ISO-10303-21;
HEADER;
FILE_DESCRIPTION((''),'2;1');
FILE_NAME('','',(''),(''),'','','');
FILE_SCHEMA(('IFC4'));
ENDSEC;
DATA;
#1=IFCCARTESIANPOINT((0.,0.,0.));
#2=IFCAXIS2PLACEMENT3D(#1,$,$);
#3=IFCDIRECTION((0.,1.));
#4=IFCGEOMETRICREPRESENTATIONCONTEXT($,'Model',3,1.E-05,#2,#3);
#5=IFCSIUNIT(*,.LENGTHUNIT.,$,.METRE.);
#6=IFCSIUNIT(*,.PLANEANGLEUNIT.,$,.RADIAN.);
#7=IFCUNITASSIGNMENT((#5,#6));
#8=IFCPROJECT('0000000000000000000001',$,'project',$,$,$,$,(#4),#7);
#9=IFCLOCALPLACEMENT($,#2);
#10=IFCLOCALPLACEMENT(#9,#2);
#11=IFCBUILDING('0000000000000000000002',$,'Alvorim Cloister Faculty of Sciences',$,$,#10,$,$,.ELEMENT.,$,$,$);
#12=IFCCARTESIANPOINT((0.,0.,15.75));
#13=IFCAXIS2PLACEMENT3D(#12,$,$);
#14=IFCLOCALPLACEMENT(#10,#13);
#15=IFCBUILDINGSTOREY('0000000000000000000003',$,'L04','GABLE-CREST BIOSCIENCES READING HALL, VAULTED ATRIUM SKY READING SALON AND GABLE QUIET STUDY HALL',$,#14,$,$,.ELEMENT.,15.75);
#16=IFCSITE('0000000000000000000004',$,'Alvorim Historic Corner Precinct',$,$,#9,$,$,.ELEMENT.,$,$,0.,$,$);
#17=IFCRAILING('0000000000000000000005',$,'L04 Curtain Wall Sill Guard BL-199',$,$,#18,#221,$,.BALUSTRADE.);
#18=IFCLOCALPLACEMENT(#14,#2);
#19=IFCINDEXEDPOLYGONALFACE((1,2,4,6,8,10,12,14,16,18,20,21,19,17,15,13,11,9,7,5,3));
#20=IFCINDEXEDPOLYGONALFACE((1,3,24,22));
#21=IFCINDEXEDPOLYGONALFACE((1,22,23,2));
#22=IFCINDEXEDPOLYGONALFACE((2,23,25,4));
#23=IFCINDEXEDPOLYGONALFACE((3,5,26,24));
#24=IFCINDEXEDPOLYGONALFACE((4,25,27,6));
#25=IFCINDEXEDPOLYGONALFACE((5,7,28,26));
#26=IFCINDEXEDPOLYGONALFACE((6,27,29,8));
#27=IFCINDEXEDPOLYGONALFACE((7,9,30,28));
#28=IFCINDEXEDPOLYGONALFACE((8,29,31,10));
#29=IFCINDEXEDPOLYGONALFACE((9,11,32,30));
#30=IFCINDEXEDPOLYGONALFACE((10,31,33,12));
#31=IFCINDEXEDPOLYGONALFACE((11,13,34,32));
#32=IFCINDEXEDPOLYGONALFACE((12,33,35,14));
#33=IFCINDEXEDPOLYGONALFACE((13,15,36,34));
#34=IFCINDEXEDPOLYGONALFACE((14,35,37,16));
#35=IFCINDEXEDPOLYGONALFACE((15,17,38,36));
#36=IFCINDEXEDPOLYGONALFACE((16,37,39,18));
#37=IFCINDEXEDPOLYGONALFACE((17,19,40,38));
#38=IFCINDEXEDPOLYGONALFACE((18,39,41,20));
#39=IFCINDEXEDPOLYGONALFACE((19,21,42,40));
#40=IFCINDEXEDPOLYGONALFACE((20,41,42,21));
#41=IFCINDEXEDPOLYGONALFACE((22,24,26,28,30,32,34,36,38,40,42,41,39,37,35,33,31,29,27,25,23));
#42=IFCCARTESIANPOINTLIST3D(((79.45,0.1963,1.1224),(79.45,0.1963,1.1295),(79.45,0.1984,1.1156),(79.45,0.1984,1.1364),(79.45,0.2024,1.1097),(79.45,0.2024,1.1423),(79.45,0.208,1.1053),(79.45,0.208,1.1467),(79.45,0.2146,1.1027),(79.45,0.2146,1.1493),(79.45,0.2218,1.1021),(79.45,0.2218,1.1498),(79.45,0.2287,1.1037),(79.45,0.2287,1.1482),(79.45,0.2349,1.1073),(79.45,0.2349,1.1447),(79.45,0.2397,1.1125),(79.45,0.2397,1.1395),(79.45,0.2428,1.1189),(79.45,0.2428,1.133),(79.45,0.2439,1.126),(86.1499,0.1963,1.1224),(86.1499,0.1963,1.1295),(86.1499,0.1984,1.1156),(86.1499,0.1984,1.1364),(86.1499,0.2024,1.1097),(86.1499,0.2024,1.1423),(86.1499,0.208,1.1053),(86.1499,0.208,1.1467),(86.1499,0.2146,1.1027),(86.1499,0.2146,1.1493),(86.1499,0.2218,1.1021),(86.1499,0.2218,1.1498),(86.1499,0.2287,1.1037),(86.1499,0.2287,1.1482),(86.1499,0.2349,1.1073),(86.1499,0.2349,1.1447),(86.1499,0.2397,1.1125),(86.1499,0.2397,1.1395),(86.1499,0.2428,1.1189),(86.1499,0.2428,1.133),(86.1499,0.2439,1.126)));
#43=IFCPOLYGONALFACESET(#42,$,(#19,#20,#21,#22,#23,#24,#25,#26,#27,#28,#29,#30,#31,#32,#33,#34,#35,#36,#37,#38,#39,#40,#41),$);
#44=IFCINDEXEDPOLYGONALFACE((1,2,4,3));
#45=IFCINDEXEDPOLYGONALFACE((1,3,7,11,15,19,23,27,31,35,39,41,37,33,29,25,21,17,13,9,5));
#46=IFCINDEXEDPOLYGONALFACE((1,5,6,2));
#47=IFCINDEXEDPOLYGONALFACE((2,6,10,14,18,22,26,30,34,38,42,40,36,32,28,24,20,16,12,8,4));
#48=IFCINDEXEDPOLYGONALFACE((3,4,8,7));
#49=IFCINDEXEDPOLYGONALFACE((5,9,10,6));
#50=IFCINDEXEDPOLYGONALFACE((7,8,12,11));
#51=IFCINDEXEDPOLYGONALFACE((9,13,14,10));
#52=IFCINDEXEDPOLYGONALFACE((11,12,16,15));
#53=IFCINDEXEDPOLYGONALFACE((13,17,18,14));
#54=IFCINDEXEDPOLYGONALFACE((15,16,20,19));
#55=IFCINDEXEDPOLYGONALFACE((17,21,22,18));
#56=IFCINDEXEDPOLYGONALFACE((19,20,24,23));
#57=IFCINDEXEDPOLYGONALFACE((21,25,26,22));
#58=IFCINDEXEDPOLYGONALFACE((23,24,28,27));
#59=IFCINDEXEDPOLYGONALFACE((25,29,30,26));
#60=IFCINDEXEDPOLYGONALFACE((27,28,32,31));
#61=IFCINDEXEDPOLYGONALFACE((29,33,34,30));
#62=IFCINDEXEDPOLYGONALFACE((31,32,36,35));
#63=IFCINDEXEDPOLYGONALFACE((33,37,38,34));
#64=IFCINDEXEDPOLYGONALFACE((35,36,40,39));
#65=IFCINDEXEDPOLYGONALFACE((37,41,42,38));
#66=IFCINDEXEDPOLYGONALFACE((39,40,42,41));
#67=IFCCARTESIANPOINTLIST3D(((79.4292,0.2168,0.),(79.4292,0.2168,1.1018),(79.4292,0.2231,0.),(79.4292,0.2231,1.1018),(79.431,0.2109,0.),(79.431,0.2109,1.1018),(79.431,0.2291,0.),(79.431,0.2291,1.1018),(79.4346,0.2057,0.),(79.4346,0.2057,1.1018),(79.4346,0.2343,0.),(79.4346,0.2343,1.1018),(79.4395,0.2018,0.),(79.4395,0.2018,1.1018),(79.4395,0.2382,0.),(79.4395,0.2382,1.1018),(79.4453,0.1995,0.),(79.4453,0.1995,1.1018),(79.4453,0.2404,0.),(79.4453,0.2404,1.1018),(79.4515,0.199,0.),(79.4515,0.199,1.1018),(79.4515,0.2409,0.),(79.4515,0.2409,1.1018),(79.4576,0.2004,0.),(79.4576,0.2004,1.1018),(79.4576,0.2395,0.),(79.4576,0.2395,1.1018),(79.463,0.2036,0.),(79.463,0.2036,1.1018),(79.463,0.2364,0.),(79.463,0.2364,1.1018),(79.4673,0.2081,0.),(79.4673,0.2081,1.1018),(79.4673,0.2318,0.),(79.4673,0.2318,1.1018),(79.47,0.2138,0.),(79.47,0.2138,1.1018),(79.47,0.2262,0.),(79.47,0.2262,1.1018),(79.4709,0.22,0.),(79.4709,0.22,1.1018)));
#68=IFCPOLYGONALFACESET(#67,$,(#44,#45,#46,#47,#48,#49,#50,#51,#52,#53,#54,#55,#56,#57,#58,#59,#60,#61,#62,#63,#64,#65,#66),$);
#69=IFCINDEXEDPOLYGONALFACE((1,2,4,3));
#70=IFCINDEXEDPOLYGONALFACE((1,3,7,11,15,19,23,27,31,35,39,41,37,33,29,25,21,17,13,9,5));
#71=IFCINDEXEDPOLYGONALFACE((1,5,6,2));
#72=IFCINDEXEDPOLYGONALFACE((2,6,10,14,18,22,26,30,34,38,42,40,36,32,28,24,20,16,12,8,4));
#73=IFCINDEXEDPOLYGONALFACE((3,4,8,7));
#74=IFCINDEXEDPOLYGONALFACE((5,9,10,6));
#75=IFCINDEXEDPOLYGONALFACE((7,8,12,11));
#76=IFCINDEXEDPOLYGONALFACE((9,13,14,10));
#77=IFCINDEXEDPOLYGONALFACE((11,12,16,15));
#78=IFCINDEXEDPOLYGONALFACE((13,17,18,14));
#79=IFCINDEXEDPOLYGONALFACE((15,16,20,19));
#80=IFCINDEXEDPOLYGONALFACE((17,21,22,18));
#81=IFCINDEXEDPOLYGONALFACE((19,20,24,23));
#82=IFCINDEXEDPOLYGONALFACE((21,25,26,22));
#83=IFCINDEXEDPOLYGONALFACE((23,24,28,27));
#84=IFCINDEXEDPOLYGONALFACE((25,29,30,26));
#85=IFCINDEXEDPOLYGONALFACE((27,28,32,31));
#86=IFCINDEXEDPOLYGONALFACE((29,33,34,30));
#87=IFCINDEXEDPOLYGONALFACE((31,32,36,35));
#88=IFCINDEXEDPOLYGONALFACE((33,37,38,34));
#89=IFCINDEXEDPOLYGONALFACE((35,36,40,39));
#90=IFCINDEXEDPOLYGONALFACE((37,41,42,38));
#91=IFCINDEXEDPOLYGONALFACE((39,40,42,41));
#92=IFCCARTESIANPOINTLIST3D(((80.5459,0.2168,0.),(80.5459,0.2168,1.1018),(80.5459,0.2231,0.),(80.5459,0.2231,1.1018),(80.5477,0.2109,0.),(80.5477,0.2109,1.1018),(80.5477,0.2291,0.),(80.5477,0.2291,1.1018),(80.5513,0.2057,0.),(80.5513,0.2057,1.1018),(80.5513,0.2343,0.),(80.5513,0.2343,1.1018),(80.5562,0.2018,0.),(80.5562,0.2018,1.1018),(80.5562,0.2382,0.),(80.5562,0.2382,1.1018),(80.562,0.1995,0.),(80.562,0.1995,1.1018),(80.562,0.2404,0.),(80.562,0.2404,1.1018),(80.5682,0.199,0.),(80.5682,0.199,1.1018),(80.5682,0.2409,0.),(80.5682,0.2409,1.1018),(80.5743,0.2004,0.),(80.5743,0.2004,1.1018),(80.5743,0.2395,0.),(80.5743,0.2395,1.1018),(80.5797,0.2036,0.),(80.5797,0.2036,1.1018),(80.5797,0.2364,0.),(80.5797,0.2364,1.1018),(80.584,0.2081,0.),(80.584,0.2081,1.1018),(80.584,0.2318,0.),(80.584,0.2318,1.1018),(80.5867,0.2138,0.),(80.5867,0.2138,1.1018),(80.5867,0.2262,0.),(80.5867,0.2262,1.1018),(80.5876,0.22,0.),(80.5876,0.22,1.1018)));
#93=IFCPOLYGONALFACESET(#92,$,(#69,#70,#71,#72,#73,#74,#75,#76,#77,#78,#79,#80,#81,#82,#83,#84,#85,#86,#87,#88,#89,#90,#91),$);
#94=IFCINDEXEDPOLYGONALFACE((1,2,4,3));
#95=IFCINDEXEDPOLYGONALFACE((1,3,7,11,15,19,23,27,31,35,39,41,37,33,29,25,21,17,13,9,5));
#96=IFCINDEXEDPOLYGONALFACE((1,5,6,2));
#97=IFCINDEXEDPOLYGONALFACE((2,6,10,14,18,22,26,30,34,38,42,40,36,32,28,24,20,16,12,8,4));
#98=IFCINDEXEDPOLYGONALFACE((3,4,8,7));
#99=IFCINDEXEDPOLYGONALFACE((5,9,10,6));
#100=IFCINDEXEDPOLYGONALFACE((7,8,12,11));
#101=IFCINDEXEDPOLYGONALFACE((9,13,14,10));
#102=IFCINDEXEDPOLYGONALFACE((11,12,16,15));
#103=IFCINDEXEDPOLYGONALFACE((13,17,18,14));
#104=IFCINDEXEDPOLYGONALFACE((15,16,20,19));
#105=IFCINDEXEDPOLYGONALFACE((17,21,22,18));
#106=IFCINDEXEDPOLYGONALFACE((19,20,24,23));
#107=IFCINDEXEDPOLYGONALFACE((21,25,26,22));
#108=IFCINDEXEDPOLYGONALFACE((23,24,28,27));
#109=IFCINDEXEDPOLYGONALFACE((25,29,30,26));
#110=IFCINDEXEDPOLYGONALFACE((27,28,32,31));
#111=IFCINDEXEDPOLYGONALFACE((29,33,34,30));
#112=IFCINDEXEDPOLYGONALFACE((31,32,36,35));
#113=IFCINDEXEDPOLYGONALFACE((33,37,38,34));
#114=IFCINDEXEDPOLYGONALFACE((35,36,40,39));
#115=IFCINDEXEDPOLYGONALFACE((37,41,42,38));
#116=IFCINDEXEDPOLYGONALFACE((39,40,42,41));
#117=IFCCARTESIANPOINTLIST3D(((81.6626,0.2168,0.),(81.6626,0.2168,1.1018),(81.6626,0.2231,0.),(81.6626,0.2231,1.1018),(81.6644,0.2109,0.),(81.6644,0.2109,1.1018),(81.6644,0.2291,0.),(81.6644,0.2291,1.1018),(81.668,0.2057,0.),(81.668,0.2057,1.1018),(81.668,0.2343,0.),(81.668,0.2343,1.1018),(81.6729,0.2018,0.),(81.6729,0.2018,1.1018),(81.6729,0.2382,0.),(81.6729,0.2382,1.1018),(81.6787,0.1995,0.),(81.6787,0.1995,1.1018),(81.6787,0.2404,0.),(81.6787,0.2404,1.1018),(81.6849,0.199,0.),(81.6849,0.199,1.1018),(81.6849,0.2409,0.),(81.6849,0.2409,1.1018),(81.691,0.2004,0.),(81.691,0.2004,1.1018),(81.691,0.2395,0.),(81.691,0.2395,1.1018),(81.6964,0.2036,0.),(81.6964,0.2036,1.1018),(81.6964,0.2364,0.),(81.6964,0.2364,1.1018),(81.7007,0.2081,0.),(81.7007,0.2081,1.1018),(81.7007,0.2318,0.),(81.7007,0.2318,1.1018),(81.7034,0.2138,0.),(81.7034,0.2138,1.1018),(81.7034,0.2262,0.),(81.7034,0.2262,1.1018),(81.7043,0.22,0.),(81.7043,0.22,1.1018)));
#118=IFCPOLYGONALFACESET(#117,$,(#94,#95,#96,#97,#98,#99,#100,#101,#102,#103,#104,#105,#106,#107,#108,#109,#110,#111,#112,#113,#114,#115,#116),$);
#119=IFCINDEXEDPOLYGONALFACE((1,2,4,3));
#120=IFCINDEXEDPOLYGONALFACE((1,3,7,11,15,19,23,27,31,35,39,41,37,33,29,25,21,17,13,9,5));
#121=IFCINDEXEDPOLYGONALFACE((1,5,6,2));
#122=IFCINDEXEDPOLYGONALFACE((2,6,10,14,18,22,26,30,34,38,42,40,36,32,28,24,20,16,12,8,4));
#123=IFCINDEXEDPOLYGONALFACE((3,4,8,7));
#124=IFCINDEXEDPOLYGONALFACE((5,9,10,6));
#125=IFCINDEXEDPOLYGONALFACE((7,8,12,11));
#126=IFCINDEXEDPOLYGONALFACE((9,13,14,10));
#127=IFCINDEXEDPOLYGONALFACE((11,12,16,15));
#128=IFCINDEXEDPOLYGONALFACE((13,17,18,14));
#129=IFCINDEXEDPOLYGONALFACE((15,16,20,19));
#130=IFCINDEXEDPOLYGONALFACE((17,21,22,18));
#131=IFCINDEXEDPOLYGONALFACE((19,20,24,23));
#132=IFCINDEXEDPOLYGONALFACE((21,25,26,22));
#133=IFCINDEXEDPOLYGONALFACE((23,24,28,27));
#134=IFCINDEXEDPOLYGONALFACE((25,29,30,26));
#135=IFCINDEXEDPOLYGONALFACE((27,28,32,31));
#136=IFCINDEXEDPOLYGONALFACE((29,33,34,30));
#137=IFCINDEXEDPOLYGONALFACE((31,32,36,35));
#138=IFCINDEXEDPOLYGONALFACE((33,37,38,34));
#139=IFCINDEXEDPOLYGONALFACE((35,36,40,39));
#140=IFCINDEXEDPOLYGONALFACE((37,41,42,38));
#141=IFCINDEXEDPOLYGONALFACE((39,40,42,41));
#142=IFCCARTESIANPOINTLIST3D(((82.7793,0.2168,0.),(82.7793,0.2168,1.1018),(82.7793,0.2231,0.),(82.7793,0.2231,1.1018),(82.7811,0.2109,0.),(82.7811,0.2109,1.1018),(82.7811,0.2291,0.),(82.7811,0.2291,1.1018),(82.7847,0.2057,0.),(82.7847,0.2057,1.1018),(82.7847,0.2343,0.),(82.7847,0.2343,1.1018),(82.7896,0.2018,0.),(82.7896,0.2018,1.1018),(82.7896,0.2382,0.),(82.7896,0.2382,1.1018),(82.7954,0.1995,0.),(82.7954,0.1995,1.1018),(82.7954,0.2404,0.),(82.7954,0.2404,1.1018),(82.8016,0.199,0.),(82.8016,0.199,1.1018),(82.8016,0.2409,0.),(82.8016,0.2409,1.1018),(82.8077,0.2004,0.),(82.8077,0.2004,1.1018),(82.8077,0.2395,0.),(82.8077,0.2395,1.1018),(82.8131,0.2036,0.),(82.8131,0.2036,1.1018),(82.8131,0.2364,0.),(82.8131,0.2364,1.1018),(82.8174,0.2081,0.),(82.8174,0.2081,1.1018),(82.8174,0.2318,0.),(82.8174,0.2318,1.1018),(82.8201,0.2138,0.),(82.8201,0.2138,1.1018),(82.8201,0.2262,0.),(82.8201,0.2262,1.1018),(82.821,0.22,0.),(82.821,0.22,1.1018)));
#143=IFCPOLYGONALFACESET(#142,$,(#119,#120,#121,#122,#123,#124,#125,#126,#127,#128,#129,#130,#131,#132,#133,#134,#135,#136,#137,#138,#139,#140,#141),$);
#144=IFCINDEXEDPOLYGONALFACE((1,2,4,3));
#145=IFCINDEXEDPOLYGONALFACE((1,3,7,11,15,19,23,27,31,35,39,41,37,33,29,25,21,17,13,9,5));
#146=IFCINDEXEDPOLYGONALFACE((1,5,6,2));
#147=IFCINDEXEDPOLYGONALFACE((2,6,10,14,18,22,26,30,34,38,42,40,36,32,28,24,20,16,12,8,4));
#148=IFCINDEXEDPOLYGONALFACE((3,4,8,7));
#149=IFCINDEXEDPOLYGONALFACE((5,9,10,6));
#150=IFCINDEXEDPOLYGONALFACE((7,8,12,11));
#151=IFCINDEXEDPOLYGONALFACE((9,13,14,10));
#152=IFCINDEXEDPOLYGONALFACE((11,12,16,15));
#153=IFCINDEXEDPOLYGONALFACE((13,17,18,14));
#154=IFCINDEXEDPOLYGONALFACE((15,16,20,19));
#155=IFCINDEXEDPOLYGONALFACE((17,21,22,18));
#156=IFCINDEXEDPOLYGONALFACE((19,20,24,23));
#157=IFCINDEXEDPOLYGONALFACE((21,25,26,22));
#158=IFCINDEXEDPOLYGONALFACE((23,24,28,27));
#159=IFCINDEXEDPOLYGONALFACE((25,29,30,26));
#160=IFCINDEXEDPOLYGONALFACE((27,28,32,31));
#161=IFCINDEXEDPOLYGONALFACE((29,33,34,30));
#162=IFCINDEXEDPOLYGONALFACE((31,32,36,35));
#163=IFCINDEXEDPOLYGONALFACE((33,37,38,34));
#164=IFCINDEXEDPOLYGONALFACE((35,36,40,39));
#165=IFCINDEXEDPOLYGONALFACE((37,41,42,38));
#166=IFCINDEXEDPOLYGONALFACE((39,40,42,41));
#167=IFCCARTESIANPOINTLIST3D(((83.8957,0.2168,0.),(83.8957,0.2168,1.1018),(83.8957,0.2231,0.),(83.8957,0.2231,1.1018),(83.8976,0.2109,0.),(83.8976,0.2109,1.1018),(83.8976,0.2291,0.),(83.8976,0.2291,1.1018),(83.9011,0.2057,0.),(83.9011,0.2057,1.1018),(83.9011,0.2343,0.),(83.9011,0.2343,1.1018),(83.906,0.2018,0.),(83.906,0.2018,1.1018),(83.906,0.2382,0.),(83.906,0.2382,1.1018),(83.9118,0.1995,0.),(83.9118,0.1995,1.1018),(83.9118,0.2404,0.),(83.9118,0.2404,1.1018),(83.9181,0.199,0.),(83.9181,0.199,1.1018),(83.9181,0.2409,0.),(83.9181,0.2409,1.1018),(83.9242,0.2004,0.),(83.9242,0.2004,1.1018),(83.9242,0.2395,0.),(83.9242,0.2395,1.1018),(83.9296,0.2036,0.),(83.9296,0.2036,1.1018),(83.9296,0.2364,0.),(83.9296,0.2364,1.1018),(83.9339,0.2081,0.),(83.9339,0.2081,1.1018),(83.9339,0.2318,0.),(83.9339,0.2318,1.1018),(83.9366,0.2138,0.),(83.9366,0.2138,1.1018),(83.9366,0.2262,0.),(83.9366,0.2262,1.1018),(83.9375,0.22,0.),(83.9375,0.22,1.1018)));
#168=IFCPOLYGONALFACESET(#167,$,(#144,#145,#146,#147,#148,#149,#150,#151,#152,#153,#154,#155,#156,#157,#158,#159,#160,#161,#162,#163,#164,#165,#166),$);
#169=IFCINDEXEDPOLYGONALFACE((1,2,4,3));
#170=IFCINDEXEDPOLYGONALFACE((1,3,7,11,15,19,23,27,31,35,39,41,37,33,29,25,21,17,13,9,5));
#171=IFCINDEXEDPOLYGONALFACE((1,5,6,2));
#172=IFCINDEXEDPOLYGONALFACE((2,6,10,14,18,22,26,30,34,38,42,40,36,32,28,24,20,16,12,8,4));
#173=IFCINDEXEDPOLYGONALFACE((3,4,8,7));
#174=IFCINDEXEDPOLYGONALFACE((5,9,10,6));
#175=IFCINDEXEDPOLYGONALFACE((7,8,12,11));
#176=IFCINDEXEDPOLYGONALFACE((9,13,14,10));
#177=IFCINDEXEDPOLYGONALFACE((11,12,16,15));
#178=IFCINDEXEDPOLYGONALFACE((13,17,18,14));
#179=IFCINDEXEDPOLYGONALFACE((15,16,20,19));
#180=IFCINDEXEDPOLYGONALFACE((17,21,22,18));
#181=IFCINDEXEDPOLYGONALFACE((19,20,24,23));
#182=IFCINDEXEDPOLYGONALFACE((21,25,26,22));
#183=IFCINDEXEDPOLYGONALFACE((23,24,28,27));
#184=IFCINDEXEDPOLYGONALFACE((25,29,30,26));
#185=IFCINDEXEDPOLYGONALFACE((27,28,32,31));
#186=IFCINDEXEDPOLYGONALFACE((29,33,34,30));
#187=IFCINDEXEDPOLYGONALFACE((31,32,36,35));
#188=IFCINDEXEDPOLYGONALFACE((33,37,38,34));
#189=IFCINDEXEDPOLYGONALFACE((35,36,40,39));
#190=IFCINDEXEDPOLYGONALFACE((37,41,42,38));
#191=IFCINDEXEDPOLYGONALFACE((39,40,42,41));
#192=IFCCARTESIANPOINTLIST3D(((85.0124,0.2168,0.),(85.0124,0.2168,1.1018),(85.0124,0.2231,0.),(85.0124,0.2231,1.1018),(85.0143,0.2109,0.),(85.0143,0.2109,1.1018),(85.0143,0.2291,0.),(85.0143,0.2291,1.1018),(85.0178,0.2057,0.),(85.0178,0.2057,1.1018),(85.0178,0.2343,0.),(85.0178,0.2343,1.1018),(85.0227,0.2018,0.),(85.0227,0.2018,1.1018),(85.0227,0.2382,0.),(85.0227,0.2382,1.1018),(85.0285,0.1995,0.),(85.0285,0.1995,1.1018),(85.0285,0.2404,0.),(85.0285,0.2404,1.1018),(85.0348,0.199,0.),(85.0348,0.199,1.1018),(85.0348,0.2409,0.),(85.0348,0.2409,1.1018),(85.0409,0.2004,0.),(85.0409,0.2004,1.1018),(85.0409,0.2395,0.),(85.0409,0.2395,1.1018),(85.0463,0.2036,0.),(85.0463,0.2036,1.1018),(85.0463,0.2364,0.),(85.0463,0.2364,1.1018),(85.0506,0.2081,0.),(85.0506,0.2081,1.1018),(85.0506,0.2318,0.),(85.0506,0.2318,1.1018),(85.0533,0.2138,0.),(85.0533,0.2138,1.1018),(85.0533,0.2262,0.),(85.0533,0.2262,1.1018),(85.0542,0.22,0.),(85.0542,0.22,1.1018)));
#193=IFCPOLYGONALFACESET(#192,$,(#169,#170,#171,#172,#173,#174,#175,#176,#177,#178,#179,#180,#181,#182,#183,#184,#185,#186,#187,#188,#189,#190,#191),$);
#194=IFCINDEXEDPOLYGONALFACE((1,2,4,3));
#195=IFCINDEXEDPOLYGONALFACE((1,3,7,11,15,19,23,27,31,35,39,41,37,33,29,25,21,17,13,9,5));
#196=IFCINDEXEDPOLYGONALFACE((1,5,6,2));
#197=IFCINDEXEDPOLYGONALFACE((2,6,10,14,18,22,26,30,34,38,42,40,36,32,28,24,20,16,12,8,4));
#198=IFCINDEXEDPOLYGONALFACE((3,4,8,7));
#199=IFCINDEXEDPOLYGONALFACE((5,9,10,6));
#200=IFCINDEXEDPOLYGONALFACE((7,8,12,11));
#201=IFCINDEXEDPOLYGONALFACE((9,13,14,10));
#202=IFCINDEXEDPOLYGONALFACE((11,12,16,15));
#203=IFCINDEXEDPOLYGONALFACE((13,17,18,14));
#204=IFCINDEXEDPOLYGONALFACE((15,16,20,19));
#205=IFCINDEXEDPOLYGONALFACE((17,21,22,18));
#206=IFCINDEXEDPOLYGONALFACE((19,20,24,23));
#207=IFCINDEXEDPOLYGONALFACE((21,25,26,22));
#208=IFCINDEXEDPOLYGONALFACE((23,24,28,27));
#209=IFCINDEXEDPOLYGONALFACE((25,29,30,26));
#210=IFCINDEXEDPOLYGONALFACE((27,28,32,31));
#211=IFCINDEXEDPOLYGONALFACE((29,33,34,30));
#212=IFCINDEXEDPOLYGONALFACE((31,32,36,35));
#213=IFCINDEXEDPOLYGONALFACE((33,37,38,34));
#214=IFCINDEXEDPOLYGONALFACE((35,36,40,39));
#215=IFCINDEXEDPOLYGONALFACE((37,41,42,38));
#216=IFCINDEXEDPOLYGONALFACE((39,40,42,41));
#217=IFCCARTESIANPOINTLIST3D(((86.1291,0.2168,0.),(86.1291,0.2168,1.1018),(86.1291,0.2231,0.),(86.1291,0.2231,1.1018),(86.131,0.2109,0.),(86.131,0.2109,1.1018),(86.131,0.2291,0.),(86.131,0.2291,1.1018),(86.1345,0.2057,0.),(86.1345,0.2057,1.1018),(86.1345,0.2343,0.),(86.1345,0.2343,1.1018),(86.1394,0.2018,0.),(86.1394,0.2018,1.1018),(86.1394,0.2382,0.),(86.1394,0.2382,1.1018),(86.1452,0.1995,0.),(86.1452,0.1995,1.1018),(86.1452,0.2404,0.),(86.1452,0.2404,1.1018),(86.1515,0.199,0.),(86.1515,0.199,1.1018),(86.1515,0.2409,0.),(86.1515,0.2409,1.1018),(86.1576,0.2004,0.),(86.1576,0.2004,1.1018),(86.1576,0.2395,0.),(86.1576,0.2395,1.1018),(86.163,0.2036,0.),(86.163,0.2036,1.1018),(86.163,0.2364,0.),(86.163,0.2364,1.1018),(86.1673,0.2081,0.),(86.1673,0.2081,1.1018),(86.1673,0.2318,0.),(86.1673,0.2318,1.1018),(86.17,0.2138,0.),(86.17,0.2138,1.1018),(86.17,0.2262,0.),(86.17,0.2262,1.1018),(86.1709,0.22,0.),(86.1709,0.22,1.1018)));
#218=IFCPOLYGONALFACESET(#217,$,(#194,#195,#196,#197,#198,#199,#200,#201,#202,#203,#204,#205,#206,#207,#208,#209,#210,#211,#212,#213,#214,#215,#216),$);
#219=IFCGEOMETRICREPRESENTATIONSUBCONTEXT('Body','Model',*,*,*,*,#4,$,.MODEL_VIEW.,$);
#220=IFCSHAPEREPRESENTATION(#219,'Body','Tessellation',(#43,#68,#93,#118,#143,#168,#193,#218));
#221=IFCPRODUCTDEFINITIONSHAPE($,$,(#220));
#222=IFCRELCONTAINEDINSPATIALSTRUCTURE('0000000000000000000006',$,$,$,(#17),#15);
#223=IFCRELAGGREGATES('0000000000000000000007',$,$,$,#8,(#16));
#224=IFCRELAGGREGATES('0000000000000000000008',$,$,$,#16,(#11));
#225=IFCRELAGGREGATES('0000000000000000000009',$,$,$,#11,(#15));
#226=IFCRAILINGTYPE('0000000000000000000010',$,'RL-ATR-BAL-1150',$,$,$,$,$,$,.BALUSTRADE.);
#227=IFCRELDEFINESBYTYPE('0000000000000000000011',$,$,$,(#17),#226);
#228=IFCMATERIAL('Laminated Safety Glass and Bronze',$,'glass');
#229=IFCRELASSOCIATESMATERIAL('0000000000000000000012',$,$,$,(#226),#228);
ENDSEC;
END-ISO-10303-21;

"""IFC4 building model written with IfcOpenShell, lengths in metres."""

from ifc_helpers import new_model, si_unit, direction, frame, origin, origin_2d, place, context, subcontext, project, spatial, circle, extrude, material, type_object, element, save


model = new_model("IFC4")

# Units and contexts
model_context = context("Model", 3, precision=1e-05, world=origin(), true_north=direction((0.0, 1.0)))
body_context = subcontext(model_context, "Body", "Model", "MODEL_VIEW")
ifc_project = project(units=[si_unit("LENGTHUNIT", "METRE"), si_unit("PLANEANGLEUNIT", "RADIAN")], contexts=[model_context])

# Site, building, storey
site_placement = place(None, origin())
site = spatial("IfcSite", under=ifc_project, at=site_placement, Name="Alvorim Historic Corner Precinct", CompositionType="ELEMENT", RefElevation=0.0)
building_placement = place(site_placement, origin())
building = spatial("IfcBuilding", under=site, at=building_placement, Name="Alvorim Cloister Faculty of Sciences", CompositionType="ELEMENT")
storey_placement = place(building_placement, frame((0.0, 0.0, 15.75)))
storey = spatial("IfcBuildingStorey", under=building, at=storey_placement, Name="L04", Description="GABLE-CREST BIOSCIENCES READING HALL, VAULTED ATRIUM SKY READING SALON AND GABLE QUIET STUDY HALL", CompositionType="ELEMENT", Elevation=15.75)

# Railing
ifc_material_1 = material(Name="Laminated Safety Glass and Bronze", Category="glass")
railing_type = type_object("IfcRailingType", Name="RL-ATR-BAL-1150", PredefinedType="BALUSTRADE", material=ifc_material_1)
railing_1_placement = place(storey_placement, frame((79.45, 0.22, 0.0)))
element("IfcRailing", 1, at=railing_1_placement, inside=storey, type_object=railing_type, Name="L04 Curtain Wall Sill Guard BL-199", PredefinedType="BALUSTRADE", context=body_context, shape_type="SweptSolid", body=[
    extrude(circle(Radius=0.0239, at=origin_2d()), frame((0.0, 0.0, 1.126), z_axis=(1.0, 0.0, 0.0), x_axis=(0.0, 1.0, 0.0)), (0.0, 0.0, 1.0), 6.7),
    extrude(circle(Radius=0.021, at=origin_2d()), origin(), (0.0, 0.0, 1.0), 1.1018),
    extrude(circle(Radius=0.021, at=origin_2d()), frame((1.1167, 0.0, 0.0)), (0.0, 0.0, 1.0), 1.1018),
    extrude(circle(Radius=0.021, at=origin_2d()), frame((2.2334, 0.0, 0.0)), (0.0, 0.0, 1.0), 1.1018),
    extrude(circle(Radius=0.021, at=origin_2d()), frame((3.3501, 0.0, 0.0)), (0.0, 0.0, 1.0), 1.1018),
    extrude(circle(Radius=0.021, at=origin_2d()), frame((4.4666, 0.0, 0.0)), (0.0, 0.0, 1.0), 1.1018),
    extrude(circle(Radius=0.021, at=origin_2d()), frame((5.5833, 0.0, 0.0)), (0.0, 0.0, 1.0), 1.1018),
    extrude(circle(Radius=0.021, at=origin_2d()), frame((6.7, 0.0, 0.0)), (0.0, 0.0, 1.0), 1.1018),
])

save(model, "model.ifc")
